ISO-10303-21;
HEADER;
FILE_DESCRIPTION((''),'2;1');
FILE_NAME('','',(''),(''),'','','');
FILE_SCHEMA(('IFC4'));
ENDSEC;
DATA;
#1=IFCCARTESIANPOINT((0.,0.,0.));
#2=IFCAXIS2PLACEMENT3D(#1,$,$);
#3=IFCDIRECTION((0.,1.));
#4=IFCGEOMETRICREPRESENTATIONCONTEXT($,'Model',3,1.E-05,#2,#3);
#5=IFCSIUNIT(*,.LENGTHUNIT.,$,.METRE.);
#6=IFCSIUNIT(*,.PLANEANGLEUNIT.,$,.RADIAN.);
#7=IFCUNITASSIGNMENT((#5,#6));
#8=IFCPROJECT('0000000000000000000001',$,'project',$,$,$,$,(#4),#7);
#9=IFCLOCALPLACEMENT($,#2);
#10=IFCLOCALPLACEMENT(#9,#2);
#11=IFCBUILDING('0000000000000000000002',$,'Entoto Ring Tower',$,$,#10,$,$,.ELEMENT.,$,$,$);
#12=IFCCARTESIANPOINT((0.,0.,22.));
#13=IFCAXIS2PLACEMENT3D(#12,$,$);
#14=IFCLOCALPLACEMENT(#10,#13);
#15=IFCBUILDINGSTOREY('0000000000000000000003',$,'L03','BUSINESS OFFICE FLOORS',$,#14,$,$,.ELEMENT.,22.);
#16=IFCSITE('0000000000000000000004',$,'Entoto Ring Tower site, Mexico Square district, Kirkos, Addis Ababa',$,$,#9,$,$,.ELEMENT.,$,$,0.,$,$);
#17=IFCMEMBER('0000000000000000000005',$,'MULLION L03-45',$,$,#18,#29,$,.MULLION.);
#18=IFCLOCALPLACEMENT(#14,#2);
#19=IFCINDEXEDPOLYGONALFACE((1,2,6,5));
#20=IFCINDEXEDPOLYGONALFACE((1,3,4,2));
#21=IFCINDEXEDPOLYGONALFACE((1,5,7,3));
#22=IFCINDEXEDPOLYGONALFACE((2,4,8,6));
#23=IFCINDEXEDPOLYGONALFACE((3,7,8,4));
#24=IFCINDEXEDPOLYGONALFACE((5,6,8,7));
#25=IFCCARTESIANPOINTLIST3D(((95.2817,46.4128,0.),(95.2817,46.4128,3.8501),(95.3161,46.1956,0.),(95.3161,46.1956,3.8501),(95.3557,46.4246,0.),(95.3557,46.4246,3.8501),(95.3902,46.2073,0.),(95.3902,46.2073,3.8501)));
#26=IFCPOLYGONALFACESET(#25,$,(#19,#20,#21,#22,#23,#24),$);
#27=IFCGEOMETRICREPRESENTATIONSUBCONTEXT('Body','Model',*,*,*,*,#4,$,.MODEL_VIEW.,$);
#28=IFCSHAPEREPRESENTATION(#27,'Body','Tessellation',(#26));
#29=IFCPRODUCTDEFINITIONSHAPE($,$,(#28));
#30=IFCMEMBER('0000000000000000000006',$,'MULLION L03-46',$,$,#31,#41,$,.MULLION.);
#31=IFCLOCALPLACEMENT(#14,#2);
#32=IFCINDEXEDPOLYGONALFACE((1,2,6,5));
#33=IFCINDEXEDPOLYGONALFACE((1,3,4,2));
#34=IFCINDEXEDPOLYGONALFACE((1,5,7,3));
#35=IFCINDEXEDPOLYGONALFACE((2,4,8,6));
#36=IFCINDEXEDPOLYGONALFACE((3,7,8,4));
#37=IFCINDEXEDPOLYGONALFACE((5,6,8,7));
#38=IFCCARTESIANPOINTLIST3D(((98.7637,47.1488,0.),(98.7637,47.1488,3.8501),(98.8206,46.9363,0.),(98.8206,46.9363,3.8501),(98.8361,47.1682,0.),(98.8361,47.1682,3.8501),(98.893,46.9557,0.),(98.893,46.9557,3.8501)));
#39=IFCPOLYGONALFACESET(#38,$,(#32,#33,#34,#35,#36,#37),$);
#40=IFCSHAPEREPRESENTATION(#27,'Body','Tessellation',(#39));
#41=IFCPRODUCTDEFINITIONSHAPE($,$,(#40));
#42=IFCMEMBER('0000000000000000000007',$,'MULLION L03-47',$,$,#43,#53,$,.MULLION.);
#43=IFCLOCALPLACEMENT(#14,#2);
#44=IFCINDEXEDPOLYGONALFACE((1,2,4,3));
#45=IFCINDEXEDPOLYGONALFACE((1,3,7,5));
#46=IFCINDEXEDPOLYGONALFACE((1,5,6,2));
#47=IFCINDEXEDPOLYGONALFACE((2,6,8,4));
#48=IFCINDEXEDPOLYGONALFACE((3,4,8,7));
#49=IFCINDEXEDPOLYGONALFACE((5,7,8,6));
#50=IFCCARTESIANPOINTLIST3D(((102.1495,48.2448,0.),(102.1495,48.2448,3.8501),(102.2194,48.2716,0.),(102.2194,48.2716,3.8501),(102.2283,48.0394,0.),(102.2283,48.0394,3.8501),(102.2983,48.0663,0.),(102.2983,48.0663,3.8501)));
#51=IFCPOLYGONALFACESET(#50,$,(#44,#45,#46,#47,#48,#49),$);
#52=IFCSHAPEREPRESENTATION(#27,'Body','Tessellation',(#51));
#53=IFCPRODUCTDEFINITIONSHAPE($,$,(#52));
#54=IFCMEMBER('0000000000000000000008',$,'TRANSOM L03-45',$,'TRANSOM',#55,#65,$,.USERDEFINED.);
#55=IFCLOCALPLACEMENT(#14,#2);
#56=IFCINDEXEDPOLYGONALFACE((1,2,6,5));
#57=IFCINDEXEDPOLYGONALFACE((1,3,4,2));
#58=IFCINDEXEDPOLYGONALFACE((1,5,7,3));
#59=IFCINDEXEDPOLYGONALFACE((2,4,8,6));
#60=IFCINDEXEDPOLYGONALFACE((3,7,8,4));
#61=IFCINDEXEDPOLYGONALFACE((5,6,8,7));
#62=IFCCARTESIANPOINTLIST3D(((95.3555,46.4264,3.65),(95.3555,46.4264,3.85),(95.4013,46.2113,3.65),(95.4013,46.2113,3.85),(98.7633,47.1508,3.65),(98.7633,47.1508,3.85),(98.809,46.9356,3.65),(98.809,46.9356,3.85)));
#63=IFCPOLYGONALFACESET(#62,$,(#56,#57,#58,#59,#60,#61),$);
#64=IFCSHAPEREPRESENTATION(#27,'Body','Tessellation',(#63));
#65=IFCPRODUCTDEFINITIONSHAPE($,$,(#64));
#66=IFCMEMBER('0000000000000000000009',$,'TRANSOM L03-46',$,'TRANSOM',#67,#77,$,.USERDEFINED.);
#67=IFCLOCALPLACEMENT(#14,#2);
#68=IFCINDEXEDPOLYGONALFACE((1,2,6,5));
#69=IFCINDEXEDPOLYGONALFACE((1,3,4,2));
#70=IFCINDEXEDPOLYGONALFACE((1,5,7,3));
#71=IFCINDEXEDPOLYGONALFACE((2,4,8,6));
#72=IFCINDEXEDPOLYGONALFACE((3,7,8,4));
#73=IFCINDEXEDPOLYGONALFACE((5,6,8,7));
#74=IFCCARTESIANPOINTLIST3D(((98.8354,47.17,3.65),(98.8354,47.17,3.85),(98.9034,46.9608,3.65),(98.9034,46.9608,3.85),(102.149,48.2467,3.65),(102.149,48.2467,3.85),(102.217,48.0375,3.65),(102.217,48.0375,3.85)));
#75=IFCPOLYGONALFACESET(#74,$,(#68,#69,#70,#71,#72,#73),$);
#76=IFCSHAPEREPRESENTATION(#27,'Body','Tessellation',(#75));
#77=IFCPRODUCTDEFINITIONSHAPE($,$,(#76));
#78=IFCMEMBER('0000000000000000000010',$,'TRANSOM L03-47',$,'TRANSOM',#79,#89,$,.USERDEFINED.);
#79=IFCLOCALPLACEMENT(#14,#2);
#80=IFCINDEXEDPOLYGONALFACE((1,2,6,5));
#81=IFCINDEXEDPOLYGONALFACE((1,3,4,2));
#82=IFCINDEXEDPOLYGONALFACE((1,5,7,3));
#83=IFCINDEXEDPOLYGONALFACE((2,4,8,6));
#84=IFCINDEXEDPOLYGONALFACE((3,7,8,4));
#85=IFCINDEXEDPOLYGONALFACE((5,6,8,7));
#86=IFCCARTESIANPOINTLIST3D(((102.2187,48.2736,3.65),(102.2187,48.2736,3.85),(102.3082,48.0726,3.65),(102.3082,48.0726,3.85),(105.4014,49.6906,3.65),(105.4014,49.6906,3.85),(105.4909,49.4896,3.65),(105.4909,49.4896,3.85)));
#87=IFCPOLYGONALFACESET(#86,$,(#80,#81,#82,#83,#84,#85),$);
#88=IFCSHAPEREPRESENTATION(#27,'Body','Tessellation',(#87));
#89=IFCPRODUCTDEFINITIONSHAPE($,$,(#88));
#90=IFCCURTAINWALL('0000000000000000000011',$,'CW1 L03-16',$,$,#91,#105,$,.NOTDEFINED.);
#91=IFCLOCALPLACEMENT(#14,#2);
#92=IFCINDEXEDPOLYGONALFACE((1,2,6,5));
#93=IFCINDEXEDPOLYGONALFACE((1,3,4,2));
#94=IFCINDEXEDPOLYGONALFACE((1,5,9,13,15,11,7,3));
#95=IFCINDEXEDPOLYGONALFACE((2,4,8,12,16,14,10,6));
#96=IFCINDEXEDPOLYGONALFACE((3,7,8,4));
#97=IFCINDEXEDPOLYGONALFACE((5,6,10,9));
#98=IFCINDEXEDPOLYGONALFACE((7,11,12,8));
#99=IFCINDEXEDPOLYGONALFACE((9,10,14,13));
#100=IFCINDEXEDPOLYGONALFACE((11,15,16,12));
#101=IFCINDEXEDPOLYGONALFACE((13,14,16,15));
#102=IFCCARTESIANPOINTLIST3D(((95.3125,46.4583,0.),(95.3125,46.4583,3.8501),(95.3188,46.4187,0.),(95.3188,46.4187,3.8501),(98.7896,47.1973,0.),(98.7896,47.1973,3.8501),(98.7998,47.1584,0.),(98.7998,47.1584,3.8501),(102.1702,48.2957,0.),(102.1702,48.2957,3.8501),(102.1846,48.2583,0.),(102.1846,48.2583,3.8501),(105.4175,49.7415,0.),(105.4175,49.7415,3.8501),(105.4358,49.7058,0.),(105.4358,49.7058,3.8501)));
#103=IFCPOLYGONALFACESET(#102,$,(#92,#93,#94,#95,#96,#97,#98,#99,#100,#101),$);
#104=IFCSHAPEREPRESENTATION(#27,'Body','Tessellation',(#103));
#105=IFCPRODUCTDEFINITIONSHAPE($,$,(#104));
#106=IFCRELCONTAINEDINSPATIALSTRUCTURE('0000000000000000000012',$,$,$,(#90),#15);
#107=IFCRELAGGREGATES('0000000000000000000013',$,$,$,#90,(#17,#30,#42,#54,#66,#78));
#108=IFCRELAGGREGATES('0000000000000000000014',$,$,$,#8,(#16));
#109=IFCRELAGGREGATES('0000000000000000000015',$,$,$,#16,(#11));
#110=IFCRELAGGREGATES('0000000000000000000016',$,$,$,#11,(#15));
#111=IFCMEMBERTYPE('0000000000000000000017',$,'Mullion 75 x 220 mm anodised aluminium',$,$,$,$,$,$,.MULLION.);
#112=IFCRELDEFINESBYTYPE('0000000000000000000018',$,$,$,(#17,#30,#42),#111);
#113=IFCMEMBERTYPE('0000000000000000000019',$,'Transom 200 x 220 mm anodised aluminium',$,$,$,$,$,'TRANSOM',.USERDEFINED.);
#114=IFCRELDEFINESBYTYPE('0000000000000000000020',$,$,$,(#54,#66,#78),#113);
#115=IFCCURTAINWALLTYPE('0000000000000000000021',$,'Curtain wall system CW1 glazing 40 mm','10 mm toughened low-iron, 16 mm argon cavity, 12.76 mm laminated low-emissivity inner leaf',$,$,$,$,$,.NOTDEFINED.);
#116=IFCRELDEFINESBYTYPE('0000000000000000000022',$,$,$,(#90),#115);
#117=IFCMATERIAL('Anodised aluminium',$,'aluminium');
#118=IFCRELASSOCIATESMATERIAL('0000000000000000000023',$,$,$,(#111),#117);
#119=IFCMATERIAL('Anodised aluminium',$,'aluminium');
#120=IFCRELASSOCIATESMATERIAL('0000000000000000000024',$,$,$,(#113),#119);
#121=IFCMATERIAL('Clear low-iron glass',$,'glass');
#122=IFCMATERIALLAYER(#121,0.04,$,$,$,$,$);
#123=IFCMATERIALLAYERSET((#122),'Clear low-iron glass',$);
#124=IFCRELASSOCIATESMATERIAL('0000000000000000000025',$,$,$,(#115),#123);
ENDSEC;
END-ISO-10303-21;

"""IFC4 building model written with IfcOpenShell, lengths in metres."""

from ifc_helpers import new_model, si_unit, direction, frame, origin, origin_2d, place, context, subcontext, project, spatial, polyline, rectangle, outline, extrude, material, layer, layer_set, material_profile, profile_set, type_object, element, aggregate, save


model = new_model("IFC4")

# Units and contexts
model_context = context("Model", 3, precision=1e-05, world=origin(), true_north=direction((0.0, 1.0)))
body_context = subcontext(model_context, "Body", "Model", "MODEL_VIEW")
ifc_project = project(units=[si_unit("LENGTHUNIT", "METRE"), si_unit("PLANEANGLEUNIT", "RADIAN")], contexts=[model_context])

# Members
ifc_material_1 = material(Name="Anodised aluminium", Category="aluminium")
ifc_material_profile_1 = material_profile(ifc_material_1, rectangle(XDim=0.075, YDim=0.22, at=origin_2d()), Name="Mullion 75 x 220 mm anodised aluminium")
ifc_profile_set_1 = profile_set([ifc_material_profile_1], Name="Anodised aluminium")
member_type_1 = type_object("IfcMemberType", Name="Mullion 75 x 220 mm anodised aluminium", PredefinedType="MULLION", material=ifc_profile_set_1)
site_placement = place(None, origin())
building_placement = place(site_placement, origin())
storey_placement = place(building_placement, frame((0.0, 0.0, 22.0)))
member_1_placement = place(storey_placement, frame((95.3359, 46.3101, 0.0), z_axis=(0.0, 0.0, 1.0), x_axis=(0.987688, 0.156434, 0.0)))
member_1 = element("IfcMember", 1, at=member_1_placement, type_object=member_type_1, Name="MULLION L03-45", PredefinedType="MULLION", context=body_context, shape_type="SweptSolid", body=[
    extrude(rectangle(XDim=0.075, YDim=0.22, at=origin_2d()), origin(), (0.0, 0.0, 1.0), 3.8501),
])
member_2_placement = place(storey_placement, frame((98.8284, 47.0522, 0.0), z_axis=(0.0, 0.0, 1.0), x_axis=(0.965926, 0.258819, 0.0)))
member_2 = element("IfcMember", 2, at=member_2_placement, type_object=member_type_1, Name="MULLION L03-46", PredefinedType="MULLION", context=body_context, shape_type="SweptSolid", body=[
    extrude(rectangle(XDim=0.075, YDim=0.22, at=origin_2d()), origin(), (0.0, 0.0, 1.0), 3.8501),
])
member_3_placement = place(storey_placement, frame((102.2239, 48.1555, 0.0), z_axis=(0.0, 0.0, 1.0), x_axis=(0.93358, 0.358368, 0.0)))
member_3 = element("IfcMember", 3, at=member_3_placement, type_object=member_type_1, Name="MULLION L03-47", PredefinedType="MULLION", context=body_context, shape_type="SweptSolid", body=[
    extrude(rectangle(XDim=0.075, YDim=0.22, at=origin_2d()), origin(), (0.0, 0.0, 1.0), 3.8501),
])
ifc_material_2 = material(Name="Anodised aluminium", Category="aluminium")
ifc_material_profile_2 = material_profile(ifc_material_2, rectangle(XDim=0.22, YDim=0.2, at=origin_2d()), Name="Transom 200 x 220 mm anodised aluminium")
ifc_profile_set_2 = profile_set([ifc_material_profile_2], Name="Anodised aluminium")
member_type_2 = type_object("IfcMemberType", Name="Transom 200 x 220 mm anodised aluminium", ElementType="TRANSOM", PredefinedType="USERDEFINED", material=ifc_profile_set_2)
member_4_placement = place(storey_placement, frame((95.3784, 46.3188, 3.75), z_axis=(0.978146, 0.207921, 0.0), x_axis=(-0.207921, 0.978146, 0.0)))
member_4 = element("IfcMember", 4, at=member_4_placement, type_object=member_type_2, Name="TRANSOM L03-45", ObjectType="TRANSOM", PredefinedType="USERDEFINED", context=body_context, shape_type="SweptSolid", body=[
    extrude(rectangle(XDim=0.22, YDim=0.2, at=origin_2d()), origin(), (0.0, 0.0, 1.0), 3.4839),
])
member_5_placement = place(storey_placement, frame((98.8694, 47.0654, 3.75), z_axis=(0.951053, 0.309029, 0.0), x_axis=(-0.309029, 0.951053, 0.0)))
member_5 = element("IfcMember", 5, at=member_5_placement, type_object=member_type_2, Name="TRANSOM L03-46", ObjectType="TRANSOM", PredefinedType="USERDEFINED", context=body_context, shape_type="SweptSolid", body=[
    extrude(rectangle(XDim=0.22, YDim=0.2, at=origin_2d()), origin(), (0.0, 0.0, 1.0), 3.4841),
])
member_6_placement = place(storey_placement, frame((102.2634, 48.1731, 3.75), z_axis=(0.913545, 0.406737, 0.0), x_axis=(-0.406737, 0.913545, 0.0)))
member_6 = element("IfcMember", 6, at=member_6_placement, type_object=member_type_2, Name="TRANSOM L03-47", ObjectType="TRANSOM", PredefinedType="USERDEFINED", context=body_context, shape_type="SweptSolid", body=[
    extrude(rectangle(XDim=0.22, YDim=0.2, at=origin_2d()), origin(), (0.0, 0.0, 1.0), 3.4839),
])

# Site, building, storey
site = spatial("IfcSite", under=ifc_project, at=site_placement, Name="Entoto Ring Tower site, Mexico Square district, Kirkos, Addis Ababa", CompositionType="ELEMENT", RefElevation=0.0)
building = spatial("IfcBuilding", under=site, at=building_placement, Name="Entoto Ring Tower", CompositionType="ELEMENT")
storey = spatial("IfcBuildingStorey", under=building, at=storey_placement, Name="L03", Description="BUSINESS OFFICE FLOORS", CompositionType="ELEMENT", Elevation=22.0)

# Curtain wall
ifc_material_3 = material(Name="Clear low-iron glass", Category="glass")
ifc_layer_1 = layer(ifc_material_3, 0.04)
ifc_layer_set_1 = layer_set([ifc_layer_1], Name="Clear low-iron glass")
curtain_wall_type = type_object("IfcCurtainWallType", Name="Curtain wall system CW1 glazing 40 mm", Description="10 mm toughened low-iron, 16 mm argon cavity, 12.76 mm laminated low-emissivity inner leaf", PredefinedType="NOTDEFINED", material=ifc_layer_set_1)
curtain_wall_1_placement = place(storey_placement, origin())
curtain_wall_1 = element("IfcCurtainWall", 7, at=curtain_wall_1_placement, inside=storey, type_object=curtain_wall_type, Name="CW1 L03-16", PredefinedType="NOTDEFINED", context=body_context, shape_type="SweptSolid", body=[
    extrude(outline(polyline([(95.3188, 46.4187), (98.7998, 47.1584), (102.1846, 48.2583), (105.4358, 49.7058), (105.4175, 49.7415), (102.1702, 48.2957), (98.7896, 47.1973), (95.3125, 46.4583), (95.3188, 46.4187)])), origin(), (0.0, 0.0, 1.0), 3.8501),
])
aggregate(curtain_wall_1, [member_1, member_2, member_3, member_4, member_5, member_6])

save(model, "model.ifc")
